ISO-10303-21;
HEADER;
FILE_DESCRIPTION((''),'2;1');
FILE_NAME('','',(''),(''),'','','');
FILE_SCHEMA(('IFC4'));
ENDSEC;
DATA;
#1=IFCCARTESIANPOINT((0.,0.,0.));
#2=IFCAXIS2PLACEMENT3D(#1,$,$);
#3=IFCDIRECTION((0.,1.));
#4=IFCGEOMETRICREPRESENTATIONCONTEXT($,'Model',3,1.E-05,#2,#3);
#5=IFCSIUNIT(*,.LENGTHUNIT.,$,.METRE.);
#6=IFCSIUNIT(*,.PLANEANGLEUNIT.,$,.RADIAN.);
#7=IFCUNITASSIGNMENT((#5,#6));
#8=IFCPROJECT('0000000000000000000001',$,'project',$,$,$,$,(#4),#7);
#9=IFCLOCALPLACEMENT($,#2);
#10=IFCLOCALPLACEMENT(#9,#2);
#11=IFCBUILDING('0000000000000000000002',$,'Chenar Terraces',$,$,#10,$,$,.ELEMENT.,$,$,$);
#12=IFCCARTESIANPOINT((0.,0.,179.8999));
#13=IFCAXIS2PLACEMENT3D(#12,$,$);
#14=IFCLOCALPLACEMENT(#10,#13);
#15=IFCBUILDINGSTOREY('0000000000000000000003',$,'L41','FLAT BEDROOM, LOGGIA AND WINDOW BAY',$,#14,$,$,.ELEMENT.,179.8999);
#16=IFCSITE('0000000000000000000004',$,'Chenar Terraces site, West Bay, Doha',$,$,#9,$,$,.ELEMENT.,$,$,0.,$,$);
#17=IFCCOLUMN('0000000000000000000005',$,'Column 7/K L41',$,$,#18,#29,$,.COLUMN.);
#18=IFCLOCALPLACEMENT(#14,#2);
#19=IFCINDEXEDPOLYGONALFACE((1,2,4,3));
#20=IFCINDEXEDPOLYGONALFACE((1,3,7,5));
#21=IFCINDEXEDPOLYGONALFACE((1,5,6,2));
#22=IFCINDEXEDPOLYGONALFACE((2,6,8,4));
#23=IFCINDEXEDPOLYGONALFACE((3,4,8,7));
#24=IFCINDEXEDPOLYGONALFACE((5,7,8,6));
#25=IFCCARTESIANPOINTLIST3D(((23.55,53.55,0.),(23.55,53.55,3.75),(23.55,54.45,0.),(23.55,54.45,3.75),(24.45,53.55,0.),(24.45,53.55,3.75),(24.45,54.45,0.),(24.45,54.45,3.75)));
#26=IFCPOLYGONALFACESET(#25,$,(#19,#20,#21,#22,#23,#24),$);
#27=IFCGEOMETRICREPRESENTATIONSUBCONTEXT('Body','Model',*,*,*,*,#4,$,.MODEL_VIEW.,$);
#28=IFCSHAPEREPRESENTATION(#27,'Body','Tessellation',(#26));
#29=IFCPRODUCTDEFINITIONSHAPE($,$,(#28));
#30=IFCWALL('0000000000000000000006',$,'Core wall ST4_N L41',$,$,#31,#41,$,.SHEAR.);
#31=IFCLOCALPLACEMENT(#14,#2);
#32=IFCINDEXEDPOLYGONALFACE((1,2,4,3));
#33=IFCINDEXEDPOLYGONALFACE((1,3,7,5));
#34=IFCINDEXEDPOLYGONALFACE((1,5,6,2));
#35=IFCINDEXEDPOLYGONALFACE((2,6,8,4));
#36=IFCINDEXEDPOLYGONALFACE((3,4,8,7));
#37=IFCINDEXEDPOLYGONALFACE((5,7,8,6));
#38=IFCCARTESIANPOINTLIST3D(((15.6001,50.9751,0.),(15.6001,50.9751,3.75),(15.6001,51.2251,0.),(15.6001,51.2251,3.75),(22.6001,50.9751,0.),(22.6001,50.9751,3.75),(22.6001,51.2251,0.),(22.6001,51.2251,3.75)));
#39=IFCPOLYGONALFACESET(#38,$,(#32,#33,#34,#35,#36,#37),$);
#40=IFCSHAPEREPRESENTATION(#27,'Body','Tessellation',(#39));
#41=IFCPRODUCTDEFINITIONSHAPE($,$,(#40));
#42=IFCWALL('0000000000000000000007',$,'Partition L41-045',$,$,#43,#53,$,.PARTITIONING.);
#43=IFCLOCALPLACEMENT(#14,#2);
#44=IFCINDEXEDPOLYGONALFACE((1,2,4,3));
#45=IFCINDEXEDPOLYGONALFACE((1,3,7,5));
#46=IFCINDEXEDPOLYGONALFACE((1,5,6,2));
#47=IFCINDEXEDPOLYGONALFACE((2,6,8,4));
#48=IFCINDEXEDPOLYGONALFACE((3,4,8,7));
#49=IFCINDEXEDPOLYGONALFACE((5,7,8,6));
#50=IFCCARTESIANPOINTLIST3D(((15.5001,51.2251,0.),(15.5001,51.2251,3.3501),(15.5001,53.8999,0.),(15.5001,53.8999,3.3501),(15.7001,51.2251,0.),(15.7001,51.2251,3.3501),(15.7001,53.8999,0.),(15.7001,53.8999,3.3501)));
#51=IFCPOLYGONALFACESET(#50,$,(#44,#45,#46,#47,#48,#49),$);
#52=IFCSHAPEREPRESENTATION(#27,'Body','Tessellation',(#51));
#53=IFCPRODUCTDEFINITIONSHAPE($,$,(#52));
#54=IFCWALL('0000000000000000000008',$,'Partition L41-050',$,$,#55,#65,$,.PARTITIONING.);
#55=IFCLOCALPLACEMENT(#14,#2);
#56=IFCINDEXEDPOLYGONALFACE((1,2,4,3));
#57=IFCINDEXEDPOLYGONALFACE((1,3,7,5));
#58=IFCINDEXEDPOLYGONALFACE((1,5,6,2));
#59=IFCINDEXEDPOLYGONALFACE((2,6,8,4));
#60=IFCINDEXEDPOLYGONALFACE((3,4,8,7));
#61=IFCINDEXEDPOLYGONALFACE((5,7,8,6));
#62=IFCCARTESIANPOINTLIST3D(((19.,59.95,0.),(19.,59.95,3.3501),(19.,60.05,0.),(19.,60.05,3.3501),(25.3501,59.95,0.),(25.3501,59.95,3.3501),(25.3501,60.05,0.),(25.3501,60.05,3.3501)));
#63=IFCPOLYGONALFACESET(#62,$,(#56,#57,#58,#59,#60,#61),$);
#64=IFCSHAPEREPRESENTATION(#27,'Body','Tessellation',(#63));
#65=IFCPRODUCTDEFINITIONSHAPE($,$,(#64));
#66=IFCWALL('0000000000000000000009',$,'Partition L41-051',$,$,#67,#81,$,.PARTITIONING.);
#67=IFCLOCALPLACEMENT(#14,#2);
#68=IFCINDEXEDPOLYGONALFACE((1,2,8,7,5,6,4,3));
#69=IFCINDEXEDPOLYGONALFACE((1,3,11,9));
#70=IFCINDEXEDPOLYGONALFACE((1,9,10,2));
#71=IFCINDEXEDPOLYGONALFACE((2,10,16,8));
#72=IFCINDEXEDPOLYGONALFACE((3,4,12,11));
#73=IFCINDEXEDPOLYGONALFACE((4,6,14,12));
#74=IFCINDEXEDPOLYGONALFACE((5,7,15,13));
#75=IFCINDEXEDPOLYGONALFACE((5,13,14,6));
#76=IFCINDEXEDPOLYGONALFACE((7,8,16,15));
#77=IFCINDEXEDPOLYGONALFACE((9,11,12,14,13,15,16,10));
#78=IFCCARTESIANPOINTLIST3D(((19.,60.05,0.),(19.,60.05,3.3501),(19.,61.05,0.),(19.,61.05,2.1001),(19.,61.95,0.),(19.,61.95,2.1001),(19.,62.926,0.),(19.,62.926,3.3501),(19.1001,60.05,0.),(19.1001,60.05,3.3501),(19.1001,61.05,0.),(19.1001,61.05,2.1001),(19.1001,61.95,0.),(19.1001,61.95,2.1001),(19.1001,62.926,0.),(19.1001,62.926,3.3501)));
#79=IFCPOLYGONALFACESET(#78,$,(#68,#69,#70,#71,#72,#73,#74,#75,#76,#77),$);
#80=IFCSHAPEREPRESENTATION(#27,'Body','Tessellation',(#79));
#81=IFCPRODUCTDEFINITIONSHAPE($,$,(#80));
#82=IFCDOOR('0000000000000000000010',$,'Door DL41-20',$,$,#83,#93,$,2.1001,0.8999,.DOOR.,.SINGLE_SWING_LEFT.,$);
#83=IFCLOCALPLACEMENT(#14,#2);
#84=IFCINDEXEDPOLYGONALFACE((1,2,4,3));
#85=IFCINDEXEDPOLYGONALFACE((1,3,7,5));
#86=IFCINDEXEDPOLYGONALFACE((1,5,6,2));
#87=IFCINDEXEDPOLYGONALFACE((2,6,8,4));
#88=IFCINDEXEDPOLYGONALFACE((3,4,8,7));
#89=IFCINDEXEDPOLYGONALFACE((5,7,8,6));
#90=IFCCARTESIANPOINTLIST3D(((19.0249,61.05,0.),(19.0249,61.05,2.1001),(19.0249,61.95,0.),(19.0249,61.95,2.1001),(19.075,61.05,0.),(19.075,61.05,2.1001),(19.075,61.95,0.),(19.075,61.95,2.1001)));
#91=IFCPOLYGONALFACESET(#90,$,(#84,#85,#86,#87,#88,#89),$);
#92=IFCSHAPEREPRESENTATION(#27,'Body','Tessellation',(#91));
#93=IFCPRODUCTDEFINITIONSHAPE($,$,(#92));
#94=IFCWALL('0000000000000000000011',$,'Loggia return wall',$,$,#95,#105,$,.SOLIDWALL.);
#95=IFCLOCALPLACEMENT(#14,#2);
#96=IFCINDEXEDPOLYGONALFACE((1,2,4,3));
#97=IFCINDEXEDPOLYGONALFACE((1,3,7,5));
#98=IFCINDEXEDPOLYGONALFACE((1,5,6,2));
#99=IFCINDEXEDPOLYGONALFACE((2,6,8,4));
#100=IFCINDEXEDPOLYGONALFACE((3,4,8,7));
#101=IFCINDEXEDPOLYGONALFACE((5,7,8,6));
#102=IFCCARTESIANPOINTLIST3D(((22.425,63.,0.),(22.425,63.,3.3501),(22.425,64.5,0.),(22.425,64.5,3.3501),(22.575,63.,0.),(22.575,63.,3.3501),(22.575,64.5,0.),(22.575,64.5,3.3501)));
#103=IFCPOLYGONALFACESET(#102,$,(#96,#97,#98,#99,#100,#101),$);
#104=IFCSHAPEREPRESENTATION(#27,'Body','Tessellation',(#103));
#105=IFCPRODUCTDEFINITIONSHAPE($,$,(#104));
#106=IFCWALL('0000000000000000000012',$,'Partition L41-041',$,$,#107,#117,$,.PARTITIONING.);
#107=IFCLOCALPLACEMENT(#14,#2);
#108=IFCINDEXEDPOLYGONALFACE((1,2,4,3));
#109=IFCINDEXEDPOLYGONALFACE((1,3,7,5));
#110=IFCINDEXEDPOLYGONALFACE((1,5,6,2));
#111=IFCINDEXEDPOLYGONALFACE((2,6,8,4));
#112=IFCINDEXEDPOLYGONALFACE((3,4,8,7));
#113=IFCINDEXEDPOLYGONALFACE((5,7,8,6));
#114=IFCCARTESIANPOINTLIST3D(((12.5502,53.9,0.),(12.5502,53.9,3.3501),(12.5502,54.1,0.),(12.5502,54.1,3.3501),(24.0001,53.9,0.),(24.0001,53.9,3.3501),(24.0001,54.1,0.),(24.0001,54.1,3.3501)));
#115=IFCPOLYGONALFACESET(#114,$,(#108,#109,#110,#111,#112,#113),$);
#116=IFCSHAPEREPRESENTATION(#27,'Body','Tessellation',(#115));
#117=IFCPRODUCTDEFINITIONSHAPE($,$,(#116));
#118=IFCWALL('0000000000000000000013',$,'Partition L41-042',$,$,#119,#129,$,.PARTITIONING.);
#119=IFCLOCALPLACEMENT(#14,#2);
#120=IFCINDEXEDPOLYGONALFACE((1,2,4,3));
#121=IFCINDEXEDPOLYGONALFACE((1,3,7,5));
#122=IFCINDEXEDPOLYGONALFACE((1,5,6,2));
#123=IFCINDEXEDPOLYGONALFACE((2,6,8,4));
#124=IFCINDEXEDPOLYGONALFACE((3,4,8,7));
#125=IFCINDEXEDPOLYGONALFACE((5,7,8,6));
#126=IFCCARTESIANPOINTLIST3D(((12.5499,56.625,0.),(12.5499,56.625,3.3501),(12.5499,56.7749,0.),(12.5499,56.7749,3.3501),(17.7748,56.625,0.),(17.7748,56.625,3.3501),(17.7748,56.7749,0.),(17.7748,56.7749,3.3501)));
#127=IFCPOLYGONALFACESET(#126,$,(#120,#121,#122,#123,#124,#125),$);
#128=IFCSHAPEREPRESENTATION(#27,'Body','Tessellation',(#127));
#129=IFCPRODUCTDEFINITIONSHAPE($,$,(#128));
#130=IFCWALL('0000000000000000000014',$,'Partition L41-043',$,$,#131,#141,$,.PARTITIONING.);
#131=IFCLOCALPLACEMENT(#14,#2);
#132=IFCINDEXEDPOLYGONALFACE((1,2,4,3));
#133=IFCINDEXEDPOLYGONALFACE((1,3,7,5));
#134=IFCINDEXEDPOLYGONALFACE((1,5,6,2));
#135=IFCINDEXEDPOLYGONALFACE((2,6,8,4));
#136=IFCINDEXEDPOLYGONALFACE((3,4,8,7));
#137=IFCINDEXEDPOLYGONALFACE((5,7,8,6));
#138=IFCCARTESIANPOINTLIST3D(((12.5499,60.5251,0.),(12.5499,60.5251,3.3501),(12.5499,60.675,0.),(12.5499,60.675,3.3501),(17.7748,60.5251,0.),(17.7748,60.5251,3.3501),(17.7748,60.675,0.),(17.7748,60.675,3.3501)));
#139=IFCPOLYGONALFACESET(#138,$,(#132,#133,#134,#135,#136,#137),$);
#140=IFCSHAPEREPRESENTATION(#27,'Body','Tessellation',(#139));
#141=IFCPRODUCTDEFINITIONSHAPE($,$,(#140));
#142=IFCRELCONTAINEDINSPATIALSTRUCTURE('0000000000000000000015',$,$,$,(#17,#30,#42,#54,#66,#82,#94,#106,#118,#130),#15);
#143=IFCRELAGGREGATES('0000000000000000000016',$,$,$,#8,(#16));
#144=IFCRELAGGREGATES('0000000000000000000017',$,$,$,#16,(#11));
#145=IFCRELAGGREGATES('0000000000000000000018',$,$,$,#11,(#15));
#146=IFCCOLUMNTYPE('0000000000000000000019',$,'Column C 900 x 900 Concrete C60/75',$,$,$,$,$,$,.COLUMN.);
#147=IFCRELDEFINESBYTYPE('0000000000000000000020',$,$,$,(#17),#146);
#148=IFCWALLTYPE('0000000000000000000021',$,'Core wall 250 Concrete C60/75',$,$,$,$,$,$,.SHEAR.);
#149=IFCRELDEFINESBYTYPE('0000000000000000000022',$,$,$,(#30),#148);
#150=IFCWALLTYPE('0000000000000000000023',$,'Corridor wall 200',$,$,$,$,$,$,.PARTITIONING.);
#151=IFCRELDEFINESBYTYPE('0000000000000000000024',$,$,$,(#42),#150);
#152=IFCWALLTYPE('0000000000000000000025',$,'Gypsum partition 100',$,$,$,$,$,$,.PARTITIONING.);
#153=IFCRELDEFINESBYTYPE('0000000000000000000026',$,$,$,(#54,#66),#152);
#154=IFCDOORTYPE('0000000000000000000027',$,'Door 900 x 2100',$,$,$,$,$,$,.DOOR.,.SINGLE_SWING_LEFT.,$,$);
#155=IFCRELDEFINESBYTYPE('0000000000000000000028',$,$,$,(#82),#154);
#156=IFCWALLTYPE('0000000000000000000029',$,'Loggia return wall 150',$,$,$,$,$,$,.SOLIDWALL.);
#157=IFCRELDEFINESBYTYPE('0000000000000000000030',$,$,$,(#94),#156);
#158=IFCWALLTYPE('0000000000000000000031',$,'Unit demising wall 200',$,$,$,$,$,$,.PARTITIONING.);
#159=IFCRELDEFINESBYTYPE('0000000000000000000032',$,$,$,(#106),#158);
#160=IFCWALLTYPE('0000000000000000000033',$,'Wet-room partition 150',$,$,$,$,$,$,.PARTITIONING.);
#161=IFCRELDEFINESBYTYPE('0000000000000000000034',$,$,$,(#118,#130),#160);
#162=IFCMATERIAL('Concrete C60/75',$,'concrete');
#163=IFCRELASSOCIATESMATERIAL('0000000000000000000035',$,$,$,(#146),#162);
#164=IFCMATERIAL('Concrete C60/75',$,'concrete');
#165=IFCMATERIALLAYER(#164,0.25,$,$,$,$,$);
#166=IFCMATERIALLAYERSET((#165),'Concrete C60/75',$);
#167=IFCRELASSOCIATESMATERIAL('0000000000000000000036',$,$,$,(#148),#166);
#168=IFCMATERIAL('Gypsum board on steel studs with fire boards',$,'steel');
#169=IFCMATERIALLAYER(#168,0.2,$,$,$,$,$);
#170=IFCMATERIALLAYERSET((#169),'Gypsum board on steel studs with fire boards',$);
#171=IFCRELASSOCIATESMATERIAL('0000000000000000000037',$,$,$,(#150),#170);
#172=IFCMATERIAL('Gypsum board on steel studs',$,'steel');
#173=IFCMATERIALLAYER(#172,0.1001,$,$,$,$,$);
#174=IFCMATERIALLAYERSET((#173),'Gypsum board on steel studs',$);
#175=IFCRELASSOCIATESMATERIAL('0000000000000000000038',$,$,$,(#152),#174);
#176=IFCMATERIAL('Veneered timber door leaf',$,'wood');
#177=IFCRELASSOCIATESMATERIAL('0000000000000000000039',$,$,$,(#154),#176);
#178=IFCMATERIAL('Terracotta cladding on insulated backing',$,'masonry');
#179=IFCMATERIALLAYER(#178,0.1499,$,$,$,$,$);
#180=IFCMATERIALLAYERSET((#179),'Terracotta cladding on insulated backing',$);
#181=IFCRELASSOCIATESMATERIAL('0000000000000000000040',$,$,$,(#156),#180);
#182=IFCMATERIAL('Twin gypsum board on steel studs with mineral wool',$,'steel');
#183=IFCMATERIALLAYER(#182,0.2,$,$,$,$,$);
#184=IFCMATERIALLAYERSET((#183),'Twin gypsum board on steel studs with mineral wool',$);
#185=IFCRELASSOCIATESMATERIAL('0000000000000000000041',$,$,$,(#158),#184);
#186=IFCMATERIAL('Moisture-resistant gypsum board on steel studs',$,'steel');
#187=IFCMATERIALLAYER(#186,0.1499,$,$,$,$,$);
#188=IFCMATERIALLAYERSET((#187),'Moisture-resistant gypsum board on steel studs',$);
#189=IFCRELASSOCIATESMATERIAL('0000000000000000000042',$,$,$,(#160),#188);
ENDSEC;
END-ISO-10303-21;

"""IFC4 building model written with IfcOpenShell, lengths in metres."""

from ifc_helpers import new_model, si_unit, direction, frame, frame_2d, origin, origin_2d, place, context, subcontext, project, spatial, rectangle, extrude, material, layer, layer_set, material_profile, profile_set, type_object, element, fill, save


model = new_model("IFC4")

# Units and contexts
model_context = context("Model", 3, precision=1e-05, world=origin(), true_north=direction((0.0, 1.0)))
body_context = subcontext(model_context, "Body", "Model", "MODEL_VIEW")
ifc_project = project(units=[si_unit("LENGTHUNIT", "METRE"), si_unit("PLANEANGLEUNIT", "RADIAN")], contexts=[model_context])

# Site, building, storey
site_placement = place(None, origin())
site = spatial("IfcSite", under=ifc_project, at=site_placement, Name="Chenar Terraces site, West Bay, Doha", CompositionType="ELEMENT", RefElevation=0.0)
building_placement = place(site_placement, origin())
building = spatial("IfcBuilding", under=site, at=building_placement, Name="Chenar Terraces", CompositionType="ELEMENT")
storey_placement = place(building_placement, frame((0.0, 0.0, 179.8999)))
storey = spatial("IfcBuildingStorey", under=building, at=storey_placement, Name="L41", Description="FLAT BEDROOM, LOGGIA AND WINDOW BAY", CompositionType="ELEMENT", Elevation=179.8999)

# Column
ifc_material_1 = material(Name="Concrete C60/75", Category="concrete")
ifc_material_profile_1 = material_profile(ifc_material_1, rectangle(XDim=0.8999, YDim=0.8999, at=origin_2d()), Name="C 900 x 900")
ifc_profile_set_1 = profile_set([ifc_material_profile_1], Name="Concrete C60/75")
column_type = type_object("IfcColumnType", Name="Column C 900 x 900 Concrete C60/75", PredefinedType="COLUMN", material=ifc_profile_set_1)
column_placement = place(storey_placement, frame((24.0, 54.0, 0.0), z_axis=(0.0, 0.0, 1.0), x_axis=(1.0, 0.0, 0.0)))
element("IfcColumn", 1, at=column_placement, inside=storey, type_object=column_type, Name="Column 7/K L41", PredefinedType="COLUMN", context=body_context, shape_type="SweptSolid", body=[
    extrude(rectangle(XDim=0.8999, YDim=0.8999, at=origin_2d()), origin(), (0.0, 0.0, 1.0), 3.75),
])

# Walls
ifc_material_2 = material(Name="Concrete C60/75", Category="concrete")
ifc_layer_1 = layer(ifc_material_2, 0.25)
ifc_layer_set_1 = layer_set([ifc_layer_1], Name="Concrete C60/75")
wall_type_1 = type_object("IfcWallType", Name="Core wall 250 Concrete C60/75", PredefinedType="SHEAR", material=ifc_layer_set_1)
wall_1_placement = place(storey_placement, frame((15.6001, 51.1001, 0.0), z_axis=(0.0, 0.0, 1.0), x_axis=(1.0, 0.0, 0.0)))
element("IfcWall", 2, at=wall_1_placement, inside=storey, type_object=wall_type_1, Name="Core wall ST4_N L41", PredefinedType="SHEAR", context=body_context, shape_type="SweptSolid", body=[
    extrude(rectangle(XDim=7.0, YDim=0.25, at=frame_2d((3.5, 0.0))), origin(), (0.0, 0.0, 1.0), 3.75),
])
ifc_material_3 = material(Name="Gypsum board on steel studs with fire boards", Category="steel")
ifc_layer_2 = layer(ifc_material_3, 0.2)
ifc_layer_set_2 = layer_set([ifc_layer_2], Name="Gypsum board on steel studs with fire boards")
wall_type_2 = type_object("IfcWallType", Name="Corridor wall 200", PredefinedType="PARTITIONING", material=ifc_layer_set_2)
wall_2_placement = place(storey_placement, frame((15.6001, 51.2251, 0.0), z_axis=(0.0, 0.0, 1.0), x_axis=(0.0, 1.0, 0.0)))
element("IfcWall", 3, at=wall_2_placement, inside=storey, type_object=wall_type_2, Name="Partition L41-045", PredefinedType="PARTITIONING", context=body_context, shape_type="SweptSolid", body=[
    extrude(rectangle(XDim=2.6748, YDim=0.2, at=frame_2d((1.3374, 0.0))), origin(), (0.0, 0.0, 1.0), 3.3501),
])

# Wall
ifc_material_4 = material(Name="Gypsum board on steel studs", Category="steel")
ifc_layer_3 = layer(ifc_material_4, 0.1001)
ifc_layer_set_3 = layer_set([ifc_layer_3], Name="Gypsum board on steel studs")
wall_type_3 = type_object("IfcWallType", Name="Gypsum partition 100", PredefinedType="PARTITIONING", material=ifc_layer_set_3)
wall_3_placement = place(storey_placement, frame((19.0, 60.0, 0.0), z_axis=(0.0, 0.0, 1.0), x_axis=(1.0, 0.0, 0.0)))
element("IfcWall", 4, at=wall_3_placement, inside=storey, type_object=wall_type_3, Name="Partition L41-050", PredefinedType="PARTITIONING", context=body_context, shape_type="SweptSolid", body=[
    extrude(rectangle(XDim=6.3501, YDim=0.1001, at=frame_2d((3.175, 0.0))), origin(), (0.0, 0.0, 1.0), 3.3501),
])

# Wall, opening, door
wall_4_placement = place(storey_placement, frame((19.05, 60.05, 0.0), z_axis=(0.0, 0.0, 1.0), x_axis=(0.0, 1.0, 0.0)))
wall_4 = element("IfcWall", 5, at=wall_4_placement, inside=storey, type_object=wall_type_3, Name="Partition L41-051", PredefinedType="PARTITIONING", context=body_context, shape_type="SweptSolid", body=[
    extrude(rectangle(XDim=2.876, YDim=0.1001, at=frame_2d((1.438, 0.0))), origin(), (0.0, 0.0, 1.0), 3.3501),
])
opening_1_placement = place(wall_4_placement, frame((1.0, 0.0, 0.0)))
opening_1 = element("IfcOpeningElement", 6, at=opening_1_placement, cuts=wall_4, PredefinedType="OPENING", context=body_context, shape_type="SweptSolid", body=[
    extrude(rectangle(XDim=0.8999, YDim=2.1001, at=frame_2d((0.45, 1.05))), frame((0.0, 0.0601, 0.0), z_axis=(0.0, -1.0, 0.0), x_axis=(1.0, 0.0, 0.0)), (0.0, 0.0, 1.0), 0.1201),
])
ifc_material_5 = material(Name="Veneered timber door leaf", Category="wood")
door_type_1 = type_object("IfcDoorType", Name="Door 900 x 2100", OperationType="SINGLE_SWING_LEFT", PredefinedType="DOOR", material=ifc_material_5)
door_1_placement = place(opening_1_placement, frame((0.8999, 0.0, 0.0), z_axis=(0.0, 0.0, 1.0), x_axis=(-1.0, 0.0, 0.0)))
door_1 = element("IfcDoor", 7, at=door_1_placement, inside=storey, type_object=door_type_1, Name="Door DL41-20", OperationType="SINGLE_SWING_LEFT", OverallHeight=2.1001, OverallWidth=0.8999, PredefinedType="DOOR", context=body_context, shape_type="SweptSolid", body=[
    extrude(rectangle(XDim=0.8999, YDim=2.1001, at=frame_2d((0.45, 1.05))), frame((0.0, 0.0249, 0.0), z_axis=(0.0, -1.0, 0.0), x_axis=(1.0, 0.0, 0.0)), (0.0, 0.0, 1.0), 0.05),
])
fill(opening_1, door_1)

# Walls
ifc_material_6 = material(Name="Terracotta cladding on insulated backing", Category="masonry")
ifc_layer_4 = layer(ifc_material_6, 0.1499)
ifc_layer_set_4 = layer_set([ifc_layer_4], Name="Terracotta cladding on insulated backing")
wall_type_4 = type_object("IfcWallType", Name="Loggia return wall 150", PredefinedType="SOLIDWALL", material=ifc_layer_set_4)
wall_5_placement = place(storey_placement, frame((22.5, 64.5, 0.0), z_axis=(0.0, 0.0, 1.0), x_axis=(0.0, -1.0, 0.0)))
element("IfcWall", 8, at=wall_5_placement, inside=storey, type_object=wall_type_4, Name="Loggia return wall", PredefinedType="SOLIDWALL", context=body_context, shape_type="SweptSolid", body=[
    extrude(rectangle(XDim=1.5, YDim=0.1499, at=frame_2d((0.75, 0.0))), origin(), (0.0, 0.0, 1.0), 3.3501),
])
ifc_material_7 = material(Name="Twin gypsum board on steel studs with mineral wool", Category="steel")
ifc_layer_5 = layer(ifc_material_7, 0.2)
ifc_layer_set_5 = layer_set([ifc_layer_5], Name="Twin gypsum board on steel studs with mineral wool")
wall_type_5 = type_object("IfcWallType", Name="Unit demising wall 200", PredefinedType="PARTITIONING", material=ifc_layer_set_5)
wall_6_placement = place(storey_placement, frame((12.55, 54.0, 0.0), z_axis=(0.0, 0.0, 1.0), x_axis=(1.0, 0.0, 0.0)))
element("IfcWall", 9, at=wall_6_placement, inside=storey, type_object=wall_type_5, Name="Partition L41-041", PredefinedType="PARTITIONING", context=body_context, shape_type="SweptSolid", body=[
    extrude(rectangle(XDim=11.45, YDim=0.2, at=frame_2d((5.7251, 0.0))), origin(), (0.0, 0.0, 1.0), 3.3501),
])
ifc_material_8 = material(Name="Moisture-resistant gypsum board on steel studs", Category="steel")
ifc_layer_6 = layer(ifc_material_8, 0.1499)
ifc_layer_set_6 = layer_set([ifc_layer_6], Name="Moisture-resistant gypsum board on steel studs")
wall_type_6 = type_object("IfcWallType", Name="Wet-room partition 150", PredefinedType="PARTITIONING", material=ifc_layer_set_6)
for number, where, z_axis, x_axis, name in (
    (10, (12.55, 56.7, 0.0), (0.0, 0.0, 1.0), (1.0, 0.0, 0.0), "Partition L41-042"),
    (11, (12.55, 60.6001, 0.0), (0.0, 0.0, 1.0), (1.0, 0.0, 0.0), "Partition L41-043"),
):
    element("IfcWall", number, at=place(storey_placement, frame(where, z_axis=z_axis, x_axis=x_axis)), inside=storey, type_object=wall_type_6, Name=name, PredefinedType="PARTITIONING", context=body_context, shape_type="SweptSolid", body=[
        extrude(rectangle(XDim=5.2249, YDim=0.1499, at=frame_2d((2.6123, 0.0))), origin(), (0.0, 0.0, 1.0), 3.3501),
    ])

save(model, "model.ifc")
